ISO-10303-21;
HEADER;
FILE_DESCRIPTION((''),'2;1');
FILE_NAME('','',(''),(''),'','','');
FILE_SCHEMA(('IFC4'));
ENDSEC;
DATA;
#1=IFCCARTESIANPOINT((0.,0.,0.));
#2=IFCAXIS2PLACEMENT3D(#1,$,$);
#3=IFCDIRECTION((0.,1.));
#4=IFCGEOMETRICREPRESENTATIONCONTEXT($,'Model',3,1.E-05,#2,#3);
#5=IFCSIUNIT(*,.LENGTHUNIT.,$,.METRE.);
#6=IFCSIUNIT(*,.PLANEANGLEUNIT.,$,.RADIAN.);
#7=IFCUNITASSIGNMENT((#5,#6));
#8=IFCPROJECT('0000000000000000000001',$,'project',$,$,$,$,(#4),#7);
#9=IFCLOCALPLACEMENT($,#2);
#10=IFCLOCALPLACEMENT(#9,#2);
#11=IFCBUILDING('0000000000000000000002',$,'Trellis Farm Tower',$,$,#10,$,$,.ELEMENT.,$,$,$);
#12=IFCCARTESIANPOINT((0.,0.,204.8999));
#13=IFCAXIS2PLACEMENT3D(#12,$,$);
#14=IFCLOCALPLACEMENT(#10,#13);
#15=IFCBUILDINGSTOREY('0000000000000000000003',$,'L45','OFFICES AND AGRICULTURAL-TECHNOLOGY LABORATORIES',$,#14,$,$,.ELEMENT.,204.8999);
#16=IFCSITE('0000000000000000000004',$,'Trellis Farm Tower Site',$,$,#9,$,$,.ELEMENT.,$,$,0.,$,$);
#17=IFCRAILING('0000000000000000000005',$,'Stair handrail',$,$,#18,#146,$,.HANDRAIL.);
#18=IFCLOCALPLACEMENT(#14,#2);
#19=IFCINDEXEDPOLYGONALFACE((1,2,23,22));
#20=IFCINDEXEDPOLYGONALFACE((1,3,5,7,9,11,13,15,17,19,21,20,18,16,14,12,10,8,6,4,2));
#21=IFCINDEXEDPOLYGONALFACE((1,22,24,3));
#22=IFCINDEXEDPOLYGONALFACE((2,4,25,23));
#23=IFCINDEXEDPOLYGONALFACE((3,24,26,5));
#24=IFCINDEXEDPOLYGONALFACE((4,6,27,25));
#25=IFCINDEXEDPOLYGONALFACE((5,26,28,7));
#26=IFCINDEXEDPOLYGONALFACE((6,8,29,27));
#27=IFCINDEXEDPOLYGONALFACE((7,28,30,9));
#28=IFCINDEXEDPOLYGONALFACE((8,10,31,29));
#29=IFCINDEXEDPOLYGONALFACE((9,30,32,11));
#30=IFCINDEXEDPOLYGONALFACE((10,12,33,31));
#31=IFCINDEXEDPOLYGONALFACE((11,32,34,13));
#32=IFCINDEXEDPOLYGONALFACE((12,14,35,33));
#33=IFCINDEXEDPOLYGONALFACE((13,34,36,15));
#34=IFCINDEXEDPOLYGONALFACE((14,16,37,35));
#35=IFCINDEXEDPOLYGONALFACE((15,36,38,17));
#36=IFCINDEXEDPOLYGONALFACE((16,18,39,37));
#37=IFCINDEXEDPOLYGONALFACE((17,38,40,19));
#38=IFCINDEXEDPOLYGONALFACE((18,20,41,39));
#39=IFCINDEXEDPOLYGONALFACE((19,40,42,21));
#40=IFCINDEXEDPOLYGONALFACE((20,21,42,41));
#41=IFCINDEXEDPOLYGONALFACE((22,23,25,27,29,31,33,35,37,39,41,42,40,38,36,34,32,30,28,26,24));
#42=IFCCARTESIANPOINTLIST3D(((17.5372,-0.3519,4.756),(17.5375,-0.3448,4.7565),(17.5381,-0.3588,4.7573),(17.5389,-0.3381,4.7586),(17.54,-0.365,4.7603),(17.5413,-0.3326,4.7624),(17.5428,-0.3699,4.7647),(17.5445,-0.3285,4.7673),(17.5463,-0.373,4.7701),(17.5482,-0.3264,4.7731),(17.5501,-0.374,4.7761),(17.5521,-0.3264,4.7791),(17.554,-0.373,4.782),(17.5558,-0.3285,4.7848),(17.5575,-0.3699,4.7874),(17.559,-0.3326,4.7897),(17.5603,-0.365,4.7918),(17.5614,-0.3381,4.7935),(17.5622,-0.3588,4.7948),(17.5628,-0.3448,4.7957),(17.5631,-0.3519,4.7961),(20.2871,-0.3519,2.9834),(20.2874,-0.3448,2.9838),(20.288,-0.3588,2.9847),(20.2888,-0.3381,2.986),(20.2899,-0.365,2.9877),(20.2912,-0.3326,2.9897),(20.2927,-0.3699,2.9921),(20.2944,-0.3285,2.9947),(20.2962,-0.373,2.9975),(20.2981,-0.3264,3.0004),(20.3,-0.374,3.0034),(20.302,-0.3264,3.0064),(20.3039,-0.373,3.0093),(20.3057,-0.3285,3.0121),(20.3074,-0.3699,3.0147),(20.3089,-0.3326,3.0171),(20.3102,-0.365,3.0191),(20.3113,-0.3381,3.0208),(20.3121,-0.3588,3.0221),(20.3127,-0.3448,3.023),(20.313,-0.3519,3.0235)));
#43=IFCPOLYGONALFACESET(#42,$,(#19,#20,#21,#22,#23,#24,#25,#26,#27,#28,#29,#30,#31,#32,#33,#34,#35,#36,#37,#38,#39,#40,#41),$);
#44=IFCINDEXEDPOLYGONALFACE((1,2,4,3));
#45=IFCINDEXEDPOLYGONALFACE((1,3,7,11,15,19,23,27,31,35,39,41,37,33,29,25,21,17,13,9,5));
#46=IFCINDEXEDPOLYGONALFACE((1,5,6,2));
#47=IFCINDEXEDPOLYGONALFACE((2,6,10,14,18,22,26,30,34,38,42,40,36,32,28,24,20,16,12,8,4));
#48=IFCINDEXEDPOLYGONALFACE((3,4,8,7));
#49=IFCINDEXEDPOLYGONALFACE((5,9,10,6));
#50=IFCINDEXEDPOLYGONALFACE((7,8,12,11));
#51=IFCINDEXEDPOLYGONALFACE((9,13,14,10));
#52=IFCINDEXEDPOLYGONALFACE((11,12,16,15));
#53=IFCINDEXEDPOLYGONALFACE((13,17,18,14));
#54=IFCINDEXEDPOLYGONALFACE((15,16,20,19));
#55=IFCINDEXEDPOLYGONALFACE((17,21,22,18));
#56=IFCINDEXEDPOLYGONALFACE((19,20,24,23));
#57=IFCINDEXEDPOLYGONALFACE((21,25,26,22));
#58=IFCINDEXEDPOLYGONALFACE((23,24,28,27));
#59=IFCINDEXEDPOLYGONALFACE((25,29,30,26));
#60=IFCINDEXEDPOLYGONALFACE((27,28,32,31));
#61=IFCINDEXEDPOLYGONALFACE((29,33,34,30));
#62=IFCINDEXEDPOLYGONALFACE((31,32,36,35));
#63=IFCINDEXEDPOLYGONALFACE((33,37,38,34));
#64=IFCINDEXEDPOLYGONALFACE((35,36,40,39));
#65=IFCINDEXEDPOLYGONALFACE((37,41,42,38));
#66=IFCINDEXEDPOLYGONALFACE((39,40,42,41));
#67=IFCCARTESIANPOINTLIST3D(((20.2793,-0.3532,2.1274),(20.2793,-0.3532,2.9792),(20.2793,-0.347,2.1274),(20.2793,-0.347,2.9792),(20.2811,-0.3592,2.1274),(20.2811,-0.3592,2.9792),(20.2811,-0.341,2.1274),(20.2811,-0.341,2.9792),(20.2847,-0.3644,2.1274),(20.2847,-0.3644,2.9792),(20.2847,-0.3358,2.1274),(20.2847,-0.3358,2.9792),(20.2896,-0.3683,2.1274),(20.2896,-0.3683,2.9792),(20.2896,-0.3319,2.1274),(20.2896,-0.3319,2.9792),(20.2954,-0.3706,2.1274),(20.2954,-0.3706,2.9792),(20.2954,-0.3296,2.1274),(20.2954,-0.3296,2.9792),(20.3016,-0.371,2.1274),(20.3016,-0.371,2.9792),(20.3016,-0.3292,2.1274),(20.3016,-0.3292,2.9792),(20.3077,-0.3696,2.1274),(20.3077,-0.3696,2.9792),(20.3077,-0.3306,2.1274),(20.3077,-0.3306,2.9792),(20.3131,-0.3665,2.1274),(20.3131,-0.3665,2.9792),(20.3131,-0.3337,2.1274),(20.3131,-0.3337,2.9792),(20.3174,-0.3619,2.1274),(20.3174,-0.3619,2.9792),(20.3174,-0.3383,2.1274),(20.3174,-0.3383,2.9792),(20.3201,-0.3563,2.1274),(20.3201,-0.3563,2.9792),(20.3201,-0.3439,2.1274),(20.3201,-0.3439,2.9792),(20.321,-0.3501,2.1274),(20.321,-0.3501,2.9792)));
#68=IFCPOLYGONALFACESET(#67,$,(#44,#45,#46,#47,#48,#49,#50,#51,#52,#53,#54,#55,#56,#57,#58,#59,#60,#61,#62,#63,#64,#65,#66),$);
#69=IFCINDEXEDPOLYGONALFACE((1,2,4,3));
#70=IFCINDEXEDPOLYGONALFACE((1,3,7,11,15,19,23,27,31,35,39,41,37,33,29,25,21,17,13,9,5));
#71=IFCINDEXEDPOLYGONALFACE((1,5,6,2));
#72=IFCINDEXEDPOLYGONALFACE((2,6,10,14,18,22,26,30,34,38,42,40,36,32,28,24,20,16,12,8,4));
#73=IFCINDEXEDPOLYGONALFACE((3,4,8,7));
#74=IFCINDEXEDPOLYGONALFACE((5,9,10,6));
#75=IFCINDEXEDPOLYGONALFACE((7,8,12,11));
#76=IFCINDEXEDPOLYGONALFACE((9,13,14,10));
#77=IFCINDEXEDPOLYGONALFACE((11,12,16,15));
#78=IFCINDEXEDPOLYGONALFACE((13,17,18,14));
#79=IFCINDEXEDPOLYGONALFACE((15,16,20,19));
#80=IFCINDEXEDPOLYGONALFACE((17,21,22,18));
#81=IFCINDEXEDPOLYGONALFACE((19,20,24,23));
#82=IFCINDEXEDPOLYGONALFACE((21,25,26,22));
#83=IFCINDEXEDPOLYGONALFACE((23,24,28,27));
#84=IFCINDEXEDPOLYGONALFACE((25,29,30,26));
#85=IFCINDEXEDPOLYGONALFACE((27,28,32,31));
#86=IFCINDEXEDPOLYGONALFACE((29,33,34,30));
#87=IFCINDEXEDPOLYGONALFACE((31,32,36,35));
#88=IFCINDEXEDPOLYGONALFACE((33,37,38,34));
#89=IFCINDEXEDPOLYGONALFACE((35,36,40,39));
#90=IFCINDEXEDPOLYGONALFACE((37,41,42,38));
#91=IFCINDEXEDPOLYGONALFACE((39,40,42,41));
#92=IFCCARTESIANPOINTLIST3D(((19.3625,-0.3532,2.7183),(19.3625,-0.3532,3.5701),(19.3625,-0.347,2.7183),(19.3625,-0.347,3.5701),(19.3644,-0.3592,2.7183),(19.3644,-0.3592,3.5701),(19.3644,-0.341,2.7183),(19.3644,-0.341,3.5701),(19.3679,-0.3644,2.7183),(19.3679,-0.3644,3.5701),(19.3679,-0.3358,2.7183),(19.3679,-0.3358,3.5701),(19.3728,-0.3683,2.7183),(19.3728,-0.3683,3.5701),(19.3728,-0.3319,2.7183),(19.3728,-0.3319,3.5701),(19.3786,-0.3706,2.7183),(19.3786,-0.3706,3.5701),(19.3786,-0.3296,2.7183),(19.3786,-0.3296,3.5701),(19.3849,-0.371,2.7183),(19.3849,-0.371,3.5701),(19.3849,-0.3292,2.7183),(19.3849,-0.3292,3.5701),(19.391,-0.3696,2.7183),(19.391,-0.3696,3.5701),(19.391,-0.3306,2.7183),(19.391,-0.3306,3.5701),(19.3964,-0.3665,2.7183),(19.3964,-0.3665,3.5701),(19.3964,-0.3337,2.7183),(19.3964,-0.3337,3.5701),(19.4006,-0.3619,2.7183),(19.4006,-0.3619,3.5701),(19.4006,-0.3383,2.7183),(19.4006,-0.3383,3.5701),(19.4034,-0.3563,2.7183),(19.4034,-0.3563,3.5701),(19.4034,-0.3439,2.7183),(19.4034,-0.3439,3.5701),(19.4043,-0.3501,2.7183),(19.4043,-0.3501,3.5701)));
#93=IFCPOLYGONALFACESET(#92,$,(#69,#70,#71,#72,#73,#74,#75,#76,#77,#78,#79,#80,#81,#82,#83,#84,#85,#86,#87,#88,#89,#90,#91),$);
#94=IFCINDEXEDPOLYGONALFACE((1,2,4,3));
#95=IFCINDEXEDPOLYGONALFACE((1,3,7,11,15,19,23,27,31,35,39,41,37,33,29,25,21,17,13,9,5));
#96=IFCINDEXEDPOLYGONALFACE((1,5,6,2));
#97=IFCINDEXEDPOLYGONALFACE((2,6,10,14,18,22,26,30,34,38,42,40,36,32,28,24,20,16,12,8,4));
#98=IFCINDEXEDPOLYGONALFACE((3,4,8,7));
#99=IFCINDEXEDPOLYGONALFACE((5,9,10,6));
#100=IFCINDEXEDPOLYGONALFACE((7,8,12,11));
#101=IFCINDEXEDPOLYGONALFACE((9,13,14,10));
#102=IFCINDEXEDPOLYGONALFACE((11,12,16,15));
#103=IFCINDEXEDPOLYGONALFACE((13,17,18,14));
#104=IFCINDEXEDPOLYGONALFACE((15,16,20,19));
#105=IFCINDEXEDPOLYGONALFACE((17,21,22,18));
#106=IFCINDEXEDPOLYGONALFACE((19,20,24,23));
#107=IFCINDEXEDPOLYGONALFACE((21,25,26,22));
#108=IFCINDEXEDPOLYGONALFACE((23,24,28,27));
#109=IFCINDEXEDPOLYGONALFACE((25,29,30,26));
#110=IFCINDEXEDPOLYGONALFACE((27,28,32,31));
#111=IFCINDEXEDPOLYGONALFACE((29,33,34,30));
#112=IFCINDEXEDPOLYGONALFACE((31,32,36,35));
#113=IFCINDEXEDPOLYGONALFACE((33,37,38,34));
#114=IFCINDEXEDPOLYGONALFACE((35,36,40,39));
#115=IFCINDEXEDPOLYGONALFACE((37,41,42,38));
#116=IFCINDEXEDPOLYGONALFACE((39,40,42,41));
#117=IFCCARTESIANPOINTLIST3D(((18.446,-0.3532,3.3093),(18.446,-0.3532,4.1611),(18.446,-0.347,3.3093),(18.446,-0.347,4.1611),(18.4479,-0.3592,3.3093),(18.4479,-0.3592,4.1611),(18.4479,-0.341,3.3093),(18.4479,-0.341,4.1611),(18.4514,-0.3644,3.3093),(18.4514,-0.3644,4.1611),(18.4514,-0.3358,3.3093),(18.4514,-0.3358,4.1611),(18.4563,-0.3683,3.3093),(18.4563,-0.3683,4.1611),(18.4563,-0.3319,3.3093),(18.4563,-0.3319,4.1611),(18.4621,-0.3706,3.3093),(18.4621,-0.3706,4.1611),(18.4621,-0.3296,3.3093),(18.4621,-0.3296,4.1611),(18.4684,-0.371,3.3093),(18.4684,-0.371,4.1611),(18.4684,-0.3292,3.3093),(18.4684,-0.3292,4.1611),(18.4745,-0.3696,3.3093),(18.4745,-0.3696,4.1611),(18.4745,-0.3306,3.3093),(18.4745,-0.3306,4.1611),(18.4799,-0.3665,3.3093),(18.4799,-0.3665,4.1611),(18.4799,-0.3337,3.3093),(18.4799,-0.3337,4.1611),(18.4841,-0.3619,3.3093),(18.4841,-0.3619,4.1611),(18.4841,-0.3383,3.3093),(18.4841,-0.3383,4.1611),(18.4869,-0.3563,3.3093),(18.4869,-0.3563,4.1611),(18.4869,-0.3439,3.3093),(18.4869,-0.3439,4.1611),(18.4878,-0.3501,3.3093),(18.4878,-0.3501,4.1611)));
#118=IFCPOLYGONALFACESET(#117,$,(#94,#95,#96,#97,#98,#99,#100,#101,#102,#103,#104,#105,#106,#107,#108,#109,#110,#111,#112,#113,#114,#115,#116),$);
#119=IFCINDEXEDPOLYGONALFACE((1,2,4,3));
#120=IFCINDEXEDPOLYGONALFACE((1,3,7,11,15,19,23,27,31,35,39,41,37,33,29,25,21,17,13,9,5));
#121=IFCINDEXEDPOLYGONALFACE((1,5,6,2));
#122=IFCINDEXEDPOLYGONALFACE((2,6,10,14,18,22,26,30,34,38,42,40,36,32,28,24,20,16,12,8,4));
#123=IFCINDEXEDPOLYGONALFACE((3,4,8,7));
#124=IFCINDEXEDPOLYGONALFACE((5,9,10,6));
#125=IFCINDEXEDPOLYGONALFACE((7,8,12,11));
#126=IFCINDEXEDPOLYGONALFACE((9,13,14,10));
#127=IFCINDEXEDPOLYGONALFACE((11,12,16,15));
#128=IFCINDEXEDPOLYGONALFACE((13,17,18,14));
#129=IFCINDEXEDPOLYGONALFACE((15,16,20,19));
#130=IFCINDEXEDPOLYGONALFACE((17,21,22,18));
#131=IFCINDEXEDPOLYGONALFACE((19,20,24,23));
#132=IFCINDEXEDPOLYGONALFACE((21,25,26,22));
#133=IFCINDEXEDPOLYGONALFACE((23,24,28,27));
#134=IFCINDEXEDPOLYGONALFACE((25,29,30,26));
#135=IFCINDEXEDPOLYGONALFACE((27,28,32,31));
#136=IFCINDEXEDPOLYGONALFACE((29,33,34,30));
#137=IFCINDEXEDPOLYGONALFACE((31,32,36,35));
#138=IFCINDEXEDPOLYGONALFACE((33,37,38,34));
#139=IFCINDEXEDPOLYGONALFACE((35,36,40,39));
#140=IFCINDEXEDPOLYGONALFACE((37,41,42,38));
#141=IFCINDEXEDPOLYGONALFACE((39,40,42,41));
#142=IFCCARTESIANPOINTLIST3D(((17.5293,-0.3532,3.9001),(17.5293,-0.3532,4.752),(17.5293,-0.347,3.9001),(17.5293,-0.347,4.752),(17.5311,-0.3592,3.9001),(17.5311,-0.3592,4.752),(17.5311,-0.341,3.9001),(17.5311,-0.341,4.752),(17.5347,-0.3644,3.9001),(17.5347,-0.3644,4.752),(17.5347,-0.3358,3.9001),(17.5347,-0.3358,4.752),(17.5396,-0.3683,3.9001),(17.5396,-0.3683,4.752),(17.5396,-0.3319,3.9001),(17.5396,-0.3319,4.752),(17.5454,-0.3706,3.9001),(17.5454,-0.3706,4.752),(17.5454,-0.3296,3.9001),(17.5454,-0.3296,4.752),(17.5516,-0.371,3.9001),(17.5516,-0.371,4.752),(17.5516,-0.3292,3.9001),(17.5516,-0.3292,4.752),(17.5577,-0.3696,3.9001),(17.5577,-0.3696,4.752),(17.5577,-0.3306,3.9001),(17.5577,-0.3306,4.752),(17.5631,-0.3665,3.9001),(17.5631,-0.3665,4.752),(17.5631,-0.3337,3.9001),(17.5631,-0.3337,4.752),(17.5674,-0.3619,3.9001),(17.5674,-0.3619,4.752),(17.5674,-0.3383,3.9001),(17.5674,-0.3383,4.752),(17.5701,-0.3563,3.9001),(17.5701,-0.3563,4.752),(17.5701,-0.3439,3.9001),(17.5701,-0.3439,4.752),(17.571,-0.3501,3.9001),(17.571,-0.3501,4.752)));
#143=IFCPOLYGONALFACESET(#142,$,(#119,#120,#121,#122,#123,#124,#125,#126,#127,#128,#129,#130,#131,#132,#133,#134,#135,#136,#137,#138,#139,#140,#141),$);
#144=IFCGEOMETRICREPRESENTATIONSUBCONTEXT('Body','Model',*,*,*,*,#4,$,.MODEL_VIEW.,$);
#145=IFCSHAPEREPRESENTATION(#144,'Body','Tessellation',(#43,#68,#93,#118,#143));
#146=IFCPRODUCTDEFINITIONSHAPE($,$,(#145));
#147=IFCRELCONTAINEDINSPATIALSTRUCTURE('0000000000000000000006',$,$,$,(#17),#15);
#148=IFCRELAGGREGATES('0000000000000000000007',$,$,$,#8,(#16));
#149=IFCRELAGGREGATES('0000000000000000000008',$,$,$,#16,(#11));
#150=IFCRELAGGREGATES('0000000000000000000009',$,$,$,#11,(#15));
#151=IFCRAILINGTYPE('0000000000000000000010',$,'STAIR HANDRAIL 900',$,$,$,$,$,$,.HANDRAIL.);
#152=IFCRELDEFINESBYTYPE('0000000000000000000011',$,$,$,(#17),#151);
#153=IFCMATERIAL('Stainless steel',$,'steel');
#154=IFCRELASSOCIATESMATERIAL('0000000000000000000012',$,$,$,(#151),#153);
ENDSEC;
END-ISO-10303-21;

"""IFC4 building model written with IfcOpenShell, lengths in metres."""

from ifc_helpers import new_model, si_unit, direction, frame, origin, origin_2d, place, context, subcontext, project, spatial, circle, extrude, source, transform, mapped, material, type_object, element, save


model = new_model("IFC4")

# Units and contexts
model_context = context("Model", 3, precision=1e-05, world=origin(), true_north=direction((0.0, 1.0)))
body_context = subcontext(model_context, "Body", "Model", "MODEL_VIEW")
ifc_project = project(units=[si_unit("LENGTHUNIT", "METRE"), si_unit("PLANEANGLEUNIT", "RADIAN")], contexts=[model_context])

# Site, building, storey
site_placement = place(None, origin())
site = spatial("IfcSite", under=ifc_project, at=site_placement, Name="Trellis Farm Tower Site", CompositionType="ELEMENT", RefElevation=0.0)
building_placement = place(site_placement, origin())
building = spatial("IfcBuilding", under=site, at=building_placement, Name="Trellis Farm Tower", CompositionType="ELEMENT")
storey_placement = place(building_placement, frame((0.0, 0.0, 204.8999)))
storey = spatial("IfcBuildingStorey", under=building, at=storey_placement, Name="L45", Description="OFFICES AND AGRICULTURAL-TECHNOLOGY LABORATORIES", CompositionType="ELEMENT", Elevation=204.8999)

# Railing
ifc_material_1 = material(Name="Stainless steel", Category="steel")
railing_type = type_object("IfcRailingType", Name="STAIR HANDRAIL 900", PredefinedType="HANDRAIL", material=ifc_material_1)
shared_shape_1 = source(origin(), body_context, "Body", "SweptSolid", [
    extrude(circle(Radius=0.0239, at=origin_2d()), frame((0.0, 0.0, 0.876), z_axis=(-0.840504, 0.0, 0.541806), x_axis=(0.0, -1.0, 0.0)), (0.0, 0.0, 1.0), 3.2717),
    extrude(circle(Radius=0.021, at=origin_2d()), origin(), (0.0, 0.0, 1.0), 0.8518),
    extrude(circle(Radius=0.021, at=origin_2d()), frame((-0.9167, 0.0, 0.5908)), (0.0, 0.0, 1.0), 0.8518),
    extrude(circle(Radius=0.021, at=origin_2d()), frame((-1.8333, 0.0, 1.1819)), (0.0, 0.0, 1.0), 0.8518),
    extrude(circle(Radius=0.021, at=origin_2d()), frame((-2.75, 0.0, 1.7727)), (0.0, 0.0, 1.0), 0.8518),
])
for number, where, name in (
    (1, (20.3, -0.3501, 2.1274), "Stair handrail"),
):
    element("IfcRailing", number, at=place(storey_placement, frame(where)), inside=storey, type_object=railing_type, Name=name, PredefinedType="HANDRAIL", context=body_context, shape_type="MappedRepresentation", body=[
        mapped(shared_shape_1, transform((0.0, 0.0, 0.0))),
    ])

save(model, "model.ifc")
